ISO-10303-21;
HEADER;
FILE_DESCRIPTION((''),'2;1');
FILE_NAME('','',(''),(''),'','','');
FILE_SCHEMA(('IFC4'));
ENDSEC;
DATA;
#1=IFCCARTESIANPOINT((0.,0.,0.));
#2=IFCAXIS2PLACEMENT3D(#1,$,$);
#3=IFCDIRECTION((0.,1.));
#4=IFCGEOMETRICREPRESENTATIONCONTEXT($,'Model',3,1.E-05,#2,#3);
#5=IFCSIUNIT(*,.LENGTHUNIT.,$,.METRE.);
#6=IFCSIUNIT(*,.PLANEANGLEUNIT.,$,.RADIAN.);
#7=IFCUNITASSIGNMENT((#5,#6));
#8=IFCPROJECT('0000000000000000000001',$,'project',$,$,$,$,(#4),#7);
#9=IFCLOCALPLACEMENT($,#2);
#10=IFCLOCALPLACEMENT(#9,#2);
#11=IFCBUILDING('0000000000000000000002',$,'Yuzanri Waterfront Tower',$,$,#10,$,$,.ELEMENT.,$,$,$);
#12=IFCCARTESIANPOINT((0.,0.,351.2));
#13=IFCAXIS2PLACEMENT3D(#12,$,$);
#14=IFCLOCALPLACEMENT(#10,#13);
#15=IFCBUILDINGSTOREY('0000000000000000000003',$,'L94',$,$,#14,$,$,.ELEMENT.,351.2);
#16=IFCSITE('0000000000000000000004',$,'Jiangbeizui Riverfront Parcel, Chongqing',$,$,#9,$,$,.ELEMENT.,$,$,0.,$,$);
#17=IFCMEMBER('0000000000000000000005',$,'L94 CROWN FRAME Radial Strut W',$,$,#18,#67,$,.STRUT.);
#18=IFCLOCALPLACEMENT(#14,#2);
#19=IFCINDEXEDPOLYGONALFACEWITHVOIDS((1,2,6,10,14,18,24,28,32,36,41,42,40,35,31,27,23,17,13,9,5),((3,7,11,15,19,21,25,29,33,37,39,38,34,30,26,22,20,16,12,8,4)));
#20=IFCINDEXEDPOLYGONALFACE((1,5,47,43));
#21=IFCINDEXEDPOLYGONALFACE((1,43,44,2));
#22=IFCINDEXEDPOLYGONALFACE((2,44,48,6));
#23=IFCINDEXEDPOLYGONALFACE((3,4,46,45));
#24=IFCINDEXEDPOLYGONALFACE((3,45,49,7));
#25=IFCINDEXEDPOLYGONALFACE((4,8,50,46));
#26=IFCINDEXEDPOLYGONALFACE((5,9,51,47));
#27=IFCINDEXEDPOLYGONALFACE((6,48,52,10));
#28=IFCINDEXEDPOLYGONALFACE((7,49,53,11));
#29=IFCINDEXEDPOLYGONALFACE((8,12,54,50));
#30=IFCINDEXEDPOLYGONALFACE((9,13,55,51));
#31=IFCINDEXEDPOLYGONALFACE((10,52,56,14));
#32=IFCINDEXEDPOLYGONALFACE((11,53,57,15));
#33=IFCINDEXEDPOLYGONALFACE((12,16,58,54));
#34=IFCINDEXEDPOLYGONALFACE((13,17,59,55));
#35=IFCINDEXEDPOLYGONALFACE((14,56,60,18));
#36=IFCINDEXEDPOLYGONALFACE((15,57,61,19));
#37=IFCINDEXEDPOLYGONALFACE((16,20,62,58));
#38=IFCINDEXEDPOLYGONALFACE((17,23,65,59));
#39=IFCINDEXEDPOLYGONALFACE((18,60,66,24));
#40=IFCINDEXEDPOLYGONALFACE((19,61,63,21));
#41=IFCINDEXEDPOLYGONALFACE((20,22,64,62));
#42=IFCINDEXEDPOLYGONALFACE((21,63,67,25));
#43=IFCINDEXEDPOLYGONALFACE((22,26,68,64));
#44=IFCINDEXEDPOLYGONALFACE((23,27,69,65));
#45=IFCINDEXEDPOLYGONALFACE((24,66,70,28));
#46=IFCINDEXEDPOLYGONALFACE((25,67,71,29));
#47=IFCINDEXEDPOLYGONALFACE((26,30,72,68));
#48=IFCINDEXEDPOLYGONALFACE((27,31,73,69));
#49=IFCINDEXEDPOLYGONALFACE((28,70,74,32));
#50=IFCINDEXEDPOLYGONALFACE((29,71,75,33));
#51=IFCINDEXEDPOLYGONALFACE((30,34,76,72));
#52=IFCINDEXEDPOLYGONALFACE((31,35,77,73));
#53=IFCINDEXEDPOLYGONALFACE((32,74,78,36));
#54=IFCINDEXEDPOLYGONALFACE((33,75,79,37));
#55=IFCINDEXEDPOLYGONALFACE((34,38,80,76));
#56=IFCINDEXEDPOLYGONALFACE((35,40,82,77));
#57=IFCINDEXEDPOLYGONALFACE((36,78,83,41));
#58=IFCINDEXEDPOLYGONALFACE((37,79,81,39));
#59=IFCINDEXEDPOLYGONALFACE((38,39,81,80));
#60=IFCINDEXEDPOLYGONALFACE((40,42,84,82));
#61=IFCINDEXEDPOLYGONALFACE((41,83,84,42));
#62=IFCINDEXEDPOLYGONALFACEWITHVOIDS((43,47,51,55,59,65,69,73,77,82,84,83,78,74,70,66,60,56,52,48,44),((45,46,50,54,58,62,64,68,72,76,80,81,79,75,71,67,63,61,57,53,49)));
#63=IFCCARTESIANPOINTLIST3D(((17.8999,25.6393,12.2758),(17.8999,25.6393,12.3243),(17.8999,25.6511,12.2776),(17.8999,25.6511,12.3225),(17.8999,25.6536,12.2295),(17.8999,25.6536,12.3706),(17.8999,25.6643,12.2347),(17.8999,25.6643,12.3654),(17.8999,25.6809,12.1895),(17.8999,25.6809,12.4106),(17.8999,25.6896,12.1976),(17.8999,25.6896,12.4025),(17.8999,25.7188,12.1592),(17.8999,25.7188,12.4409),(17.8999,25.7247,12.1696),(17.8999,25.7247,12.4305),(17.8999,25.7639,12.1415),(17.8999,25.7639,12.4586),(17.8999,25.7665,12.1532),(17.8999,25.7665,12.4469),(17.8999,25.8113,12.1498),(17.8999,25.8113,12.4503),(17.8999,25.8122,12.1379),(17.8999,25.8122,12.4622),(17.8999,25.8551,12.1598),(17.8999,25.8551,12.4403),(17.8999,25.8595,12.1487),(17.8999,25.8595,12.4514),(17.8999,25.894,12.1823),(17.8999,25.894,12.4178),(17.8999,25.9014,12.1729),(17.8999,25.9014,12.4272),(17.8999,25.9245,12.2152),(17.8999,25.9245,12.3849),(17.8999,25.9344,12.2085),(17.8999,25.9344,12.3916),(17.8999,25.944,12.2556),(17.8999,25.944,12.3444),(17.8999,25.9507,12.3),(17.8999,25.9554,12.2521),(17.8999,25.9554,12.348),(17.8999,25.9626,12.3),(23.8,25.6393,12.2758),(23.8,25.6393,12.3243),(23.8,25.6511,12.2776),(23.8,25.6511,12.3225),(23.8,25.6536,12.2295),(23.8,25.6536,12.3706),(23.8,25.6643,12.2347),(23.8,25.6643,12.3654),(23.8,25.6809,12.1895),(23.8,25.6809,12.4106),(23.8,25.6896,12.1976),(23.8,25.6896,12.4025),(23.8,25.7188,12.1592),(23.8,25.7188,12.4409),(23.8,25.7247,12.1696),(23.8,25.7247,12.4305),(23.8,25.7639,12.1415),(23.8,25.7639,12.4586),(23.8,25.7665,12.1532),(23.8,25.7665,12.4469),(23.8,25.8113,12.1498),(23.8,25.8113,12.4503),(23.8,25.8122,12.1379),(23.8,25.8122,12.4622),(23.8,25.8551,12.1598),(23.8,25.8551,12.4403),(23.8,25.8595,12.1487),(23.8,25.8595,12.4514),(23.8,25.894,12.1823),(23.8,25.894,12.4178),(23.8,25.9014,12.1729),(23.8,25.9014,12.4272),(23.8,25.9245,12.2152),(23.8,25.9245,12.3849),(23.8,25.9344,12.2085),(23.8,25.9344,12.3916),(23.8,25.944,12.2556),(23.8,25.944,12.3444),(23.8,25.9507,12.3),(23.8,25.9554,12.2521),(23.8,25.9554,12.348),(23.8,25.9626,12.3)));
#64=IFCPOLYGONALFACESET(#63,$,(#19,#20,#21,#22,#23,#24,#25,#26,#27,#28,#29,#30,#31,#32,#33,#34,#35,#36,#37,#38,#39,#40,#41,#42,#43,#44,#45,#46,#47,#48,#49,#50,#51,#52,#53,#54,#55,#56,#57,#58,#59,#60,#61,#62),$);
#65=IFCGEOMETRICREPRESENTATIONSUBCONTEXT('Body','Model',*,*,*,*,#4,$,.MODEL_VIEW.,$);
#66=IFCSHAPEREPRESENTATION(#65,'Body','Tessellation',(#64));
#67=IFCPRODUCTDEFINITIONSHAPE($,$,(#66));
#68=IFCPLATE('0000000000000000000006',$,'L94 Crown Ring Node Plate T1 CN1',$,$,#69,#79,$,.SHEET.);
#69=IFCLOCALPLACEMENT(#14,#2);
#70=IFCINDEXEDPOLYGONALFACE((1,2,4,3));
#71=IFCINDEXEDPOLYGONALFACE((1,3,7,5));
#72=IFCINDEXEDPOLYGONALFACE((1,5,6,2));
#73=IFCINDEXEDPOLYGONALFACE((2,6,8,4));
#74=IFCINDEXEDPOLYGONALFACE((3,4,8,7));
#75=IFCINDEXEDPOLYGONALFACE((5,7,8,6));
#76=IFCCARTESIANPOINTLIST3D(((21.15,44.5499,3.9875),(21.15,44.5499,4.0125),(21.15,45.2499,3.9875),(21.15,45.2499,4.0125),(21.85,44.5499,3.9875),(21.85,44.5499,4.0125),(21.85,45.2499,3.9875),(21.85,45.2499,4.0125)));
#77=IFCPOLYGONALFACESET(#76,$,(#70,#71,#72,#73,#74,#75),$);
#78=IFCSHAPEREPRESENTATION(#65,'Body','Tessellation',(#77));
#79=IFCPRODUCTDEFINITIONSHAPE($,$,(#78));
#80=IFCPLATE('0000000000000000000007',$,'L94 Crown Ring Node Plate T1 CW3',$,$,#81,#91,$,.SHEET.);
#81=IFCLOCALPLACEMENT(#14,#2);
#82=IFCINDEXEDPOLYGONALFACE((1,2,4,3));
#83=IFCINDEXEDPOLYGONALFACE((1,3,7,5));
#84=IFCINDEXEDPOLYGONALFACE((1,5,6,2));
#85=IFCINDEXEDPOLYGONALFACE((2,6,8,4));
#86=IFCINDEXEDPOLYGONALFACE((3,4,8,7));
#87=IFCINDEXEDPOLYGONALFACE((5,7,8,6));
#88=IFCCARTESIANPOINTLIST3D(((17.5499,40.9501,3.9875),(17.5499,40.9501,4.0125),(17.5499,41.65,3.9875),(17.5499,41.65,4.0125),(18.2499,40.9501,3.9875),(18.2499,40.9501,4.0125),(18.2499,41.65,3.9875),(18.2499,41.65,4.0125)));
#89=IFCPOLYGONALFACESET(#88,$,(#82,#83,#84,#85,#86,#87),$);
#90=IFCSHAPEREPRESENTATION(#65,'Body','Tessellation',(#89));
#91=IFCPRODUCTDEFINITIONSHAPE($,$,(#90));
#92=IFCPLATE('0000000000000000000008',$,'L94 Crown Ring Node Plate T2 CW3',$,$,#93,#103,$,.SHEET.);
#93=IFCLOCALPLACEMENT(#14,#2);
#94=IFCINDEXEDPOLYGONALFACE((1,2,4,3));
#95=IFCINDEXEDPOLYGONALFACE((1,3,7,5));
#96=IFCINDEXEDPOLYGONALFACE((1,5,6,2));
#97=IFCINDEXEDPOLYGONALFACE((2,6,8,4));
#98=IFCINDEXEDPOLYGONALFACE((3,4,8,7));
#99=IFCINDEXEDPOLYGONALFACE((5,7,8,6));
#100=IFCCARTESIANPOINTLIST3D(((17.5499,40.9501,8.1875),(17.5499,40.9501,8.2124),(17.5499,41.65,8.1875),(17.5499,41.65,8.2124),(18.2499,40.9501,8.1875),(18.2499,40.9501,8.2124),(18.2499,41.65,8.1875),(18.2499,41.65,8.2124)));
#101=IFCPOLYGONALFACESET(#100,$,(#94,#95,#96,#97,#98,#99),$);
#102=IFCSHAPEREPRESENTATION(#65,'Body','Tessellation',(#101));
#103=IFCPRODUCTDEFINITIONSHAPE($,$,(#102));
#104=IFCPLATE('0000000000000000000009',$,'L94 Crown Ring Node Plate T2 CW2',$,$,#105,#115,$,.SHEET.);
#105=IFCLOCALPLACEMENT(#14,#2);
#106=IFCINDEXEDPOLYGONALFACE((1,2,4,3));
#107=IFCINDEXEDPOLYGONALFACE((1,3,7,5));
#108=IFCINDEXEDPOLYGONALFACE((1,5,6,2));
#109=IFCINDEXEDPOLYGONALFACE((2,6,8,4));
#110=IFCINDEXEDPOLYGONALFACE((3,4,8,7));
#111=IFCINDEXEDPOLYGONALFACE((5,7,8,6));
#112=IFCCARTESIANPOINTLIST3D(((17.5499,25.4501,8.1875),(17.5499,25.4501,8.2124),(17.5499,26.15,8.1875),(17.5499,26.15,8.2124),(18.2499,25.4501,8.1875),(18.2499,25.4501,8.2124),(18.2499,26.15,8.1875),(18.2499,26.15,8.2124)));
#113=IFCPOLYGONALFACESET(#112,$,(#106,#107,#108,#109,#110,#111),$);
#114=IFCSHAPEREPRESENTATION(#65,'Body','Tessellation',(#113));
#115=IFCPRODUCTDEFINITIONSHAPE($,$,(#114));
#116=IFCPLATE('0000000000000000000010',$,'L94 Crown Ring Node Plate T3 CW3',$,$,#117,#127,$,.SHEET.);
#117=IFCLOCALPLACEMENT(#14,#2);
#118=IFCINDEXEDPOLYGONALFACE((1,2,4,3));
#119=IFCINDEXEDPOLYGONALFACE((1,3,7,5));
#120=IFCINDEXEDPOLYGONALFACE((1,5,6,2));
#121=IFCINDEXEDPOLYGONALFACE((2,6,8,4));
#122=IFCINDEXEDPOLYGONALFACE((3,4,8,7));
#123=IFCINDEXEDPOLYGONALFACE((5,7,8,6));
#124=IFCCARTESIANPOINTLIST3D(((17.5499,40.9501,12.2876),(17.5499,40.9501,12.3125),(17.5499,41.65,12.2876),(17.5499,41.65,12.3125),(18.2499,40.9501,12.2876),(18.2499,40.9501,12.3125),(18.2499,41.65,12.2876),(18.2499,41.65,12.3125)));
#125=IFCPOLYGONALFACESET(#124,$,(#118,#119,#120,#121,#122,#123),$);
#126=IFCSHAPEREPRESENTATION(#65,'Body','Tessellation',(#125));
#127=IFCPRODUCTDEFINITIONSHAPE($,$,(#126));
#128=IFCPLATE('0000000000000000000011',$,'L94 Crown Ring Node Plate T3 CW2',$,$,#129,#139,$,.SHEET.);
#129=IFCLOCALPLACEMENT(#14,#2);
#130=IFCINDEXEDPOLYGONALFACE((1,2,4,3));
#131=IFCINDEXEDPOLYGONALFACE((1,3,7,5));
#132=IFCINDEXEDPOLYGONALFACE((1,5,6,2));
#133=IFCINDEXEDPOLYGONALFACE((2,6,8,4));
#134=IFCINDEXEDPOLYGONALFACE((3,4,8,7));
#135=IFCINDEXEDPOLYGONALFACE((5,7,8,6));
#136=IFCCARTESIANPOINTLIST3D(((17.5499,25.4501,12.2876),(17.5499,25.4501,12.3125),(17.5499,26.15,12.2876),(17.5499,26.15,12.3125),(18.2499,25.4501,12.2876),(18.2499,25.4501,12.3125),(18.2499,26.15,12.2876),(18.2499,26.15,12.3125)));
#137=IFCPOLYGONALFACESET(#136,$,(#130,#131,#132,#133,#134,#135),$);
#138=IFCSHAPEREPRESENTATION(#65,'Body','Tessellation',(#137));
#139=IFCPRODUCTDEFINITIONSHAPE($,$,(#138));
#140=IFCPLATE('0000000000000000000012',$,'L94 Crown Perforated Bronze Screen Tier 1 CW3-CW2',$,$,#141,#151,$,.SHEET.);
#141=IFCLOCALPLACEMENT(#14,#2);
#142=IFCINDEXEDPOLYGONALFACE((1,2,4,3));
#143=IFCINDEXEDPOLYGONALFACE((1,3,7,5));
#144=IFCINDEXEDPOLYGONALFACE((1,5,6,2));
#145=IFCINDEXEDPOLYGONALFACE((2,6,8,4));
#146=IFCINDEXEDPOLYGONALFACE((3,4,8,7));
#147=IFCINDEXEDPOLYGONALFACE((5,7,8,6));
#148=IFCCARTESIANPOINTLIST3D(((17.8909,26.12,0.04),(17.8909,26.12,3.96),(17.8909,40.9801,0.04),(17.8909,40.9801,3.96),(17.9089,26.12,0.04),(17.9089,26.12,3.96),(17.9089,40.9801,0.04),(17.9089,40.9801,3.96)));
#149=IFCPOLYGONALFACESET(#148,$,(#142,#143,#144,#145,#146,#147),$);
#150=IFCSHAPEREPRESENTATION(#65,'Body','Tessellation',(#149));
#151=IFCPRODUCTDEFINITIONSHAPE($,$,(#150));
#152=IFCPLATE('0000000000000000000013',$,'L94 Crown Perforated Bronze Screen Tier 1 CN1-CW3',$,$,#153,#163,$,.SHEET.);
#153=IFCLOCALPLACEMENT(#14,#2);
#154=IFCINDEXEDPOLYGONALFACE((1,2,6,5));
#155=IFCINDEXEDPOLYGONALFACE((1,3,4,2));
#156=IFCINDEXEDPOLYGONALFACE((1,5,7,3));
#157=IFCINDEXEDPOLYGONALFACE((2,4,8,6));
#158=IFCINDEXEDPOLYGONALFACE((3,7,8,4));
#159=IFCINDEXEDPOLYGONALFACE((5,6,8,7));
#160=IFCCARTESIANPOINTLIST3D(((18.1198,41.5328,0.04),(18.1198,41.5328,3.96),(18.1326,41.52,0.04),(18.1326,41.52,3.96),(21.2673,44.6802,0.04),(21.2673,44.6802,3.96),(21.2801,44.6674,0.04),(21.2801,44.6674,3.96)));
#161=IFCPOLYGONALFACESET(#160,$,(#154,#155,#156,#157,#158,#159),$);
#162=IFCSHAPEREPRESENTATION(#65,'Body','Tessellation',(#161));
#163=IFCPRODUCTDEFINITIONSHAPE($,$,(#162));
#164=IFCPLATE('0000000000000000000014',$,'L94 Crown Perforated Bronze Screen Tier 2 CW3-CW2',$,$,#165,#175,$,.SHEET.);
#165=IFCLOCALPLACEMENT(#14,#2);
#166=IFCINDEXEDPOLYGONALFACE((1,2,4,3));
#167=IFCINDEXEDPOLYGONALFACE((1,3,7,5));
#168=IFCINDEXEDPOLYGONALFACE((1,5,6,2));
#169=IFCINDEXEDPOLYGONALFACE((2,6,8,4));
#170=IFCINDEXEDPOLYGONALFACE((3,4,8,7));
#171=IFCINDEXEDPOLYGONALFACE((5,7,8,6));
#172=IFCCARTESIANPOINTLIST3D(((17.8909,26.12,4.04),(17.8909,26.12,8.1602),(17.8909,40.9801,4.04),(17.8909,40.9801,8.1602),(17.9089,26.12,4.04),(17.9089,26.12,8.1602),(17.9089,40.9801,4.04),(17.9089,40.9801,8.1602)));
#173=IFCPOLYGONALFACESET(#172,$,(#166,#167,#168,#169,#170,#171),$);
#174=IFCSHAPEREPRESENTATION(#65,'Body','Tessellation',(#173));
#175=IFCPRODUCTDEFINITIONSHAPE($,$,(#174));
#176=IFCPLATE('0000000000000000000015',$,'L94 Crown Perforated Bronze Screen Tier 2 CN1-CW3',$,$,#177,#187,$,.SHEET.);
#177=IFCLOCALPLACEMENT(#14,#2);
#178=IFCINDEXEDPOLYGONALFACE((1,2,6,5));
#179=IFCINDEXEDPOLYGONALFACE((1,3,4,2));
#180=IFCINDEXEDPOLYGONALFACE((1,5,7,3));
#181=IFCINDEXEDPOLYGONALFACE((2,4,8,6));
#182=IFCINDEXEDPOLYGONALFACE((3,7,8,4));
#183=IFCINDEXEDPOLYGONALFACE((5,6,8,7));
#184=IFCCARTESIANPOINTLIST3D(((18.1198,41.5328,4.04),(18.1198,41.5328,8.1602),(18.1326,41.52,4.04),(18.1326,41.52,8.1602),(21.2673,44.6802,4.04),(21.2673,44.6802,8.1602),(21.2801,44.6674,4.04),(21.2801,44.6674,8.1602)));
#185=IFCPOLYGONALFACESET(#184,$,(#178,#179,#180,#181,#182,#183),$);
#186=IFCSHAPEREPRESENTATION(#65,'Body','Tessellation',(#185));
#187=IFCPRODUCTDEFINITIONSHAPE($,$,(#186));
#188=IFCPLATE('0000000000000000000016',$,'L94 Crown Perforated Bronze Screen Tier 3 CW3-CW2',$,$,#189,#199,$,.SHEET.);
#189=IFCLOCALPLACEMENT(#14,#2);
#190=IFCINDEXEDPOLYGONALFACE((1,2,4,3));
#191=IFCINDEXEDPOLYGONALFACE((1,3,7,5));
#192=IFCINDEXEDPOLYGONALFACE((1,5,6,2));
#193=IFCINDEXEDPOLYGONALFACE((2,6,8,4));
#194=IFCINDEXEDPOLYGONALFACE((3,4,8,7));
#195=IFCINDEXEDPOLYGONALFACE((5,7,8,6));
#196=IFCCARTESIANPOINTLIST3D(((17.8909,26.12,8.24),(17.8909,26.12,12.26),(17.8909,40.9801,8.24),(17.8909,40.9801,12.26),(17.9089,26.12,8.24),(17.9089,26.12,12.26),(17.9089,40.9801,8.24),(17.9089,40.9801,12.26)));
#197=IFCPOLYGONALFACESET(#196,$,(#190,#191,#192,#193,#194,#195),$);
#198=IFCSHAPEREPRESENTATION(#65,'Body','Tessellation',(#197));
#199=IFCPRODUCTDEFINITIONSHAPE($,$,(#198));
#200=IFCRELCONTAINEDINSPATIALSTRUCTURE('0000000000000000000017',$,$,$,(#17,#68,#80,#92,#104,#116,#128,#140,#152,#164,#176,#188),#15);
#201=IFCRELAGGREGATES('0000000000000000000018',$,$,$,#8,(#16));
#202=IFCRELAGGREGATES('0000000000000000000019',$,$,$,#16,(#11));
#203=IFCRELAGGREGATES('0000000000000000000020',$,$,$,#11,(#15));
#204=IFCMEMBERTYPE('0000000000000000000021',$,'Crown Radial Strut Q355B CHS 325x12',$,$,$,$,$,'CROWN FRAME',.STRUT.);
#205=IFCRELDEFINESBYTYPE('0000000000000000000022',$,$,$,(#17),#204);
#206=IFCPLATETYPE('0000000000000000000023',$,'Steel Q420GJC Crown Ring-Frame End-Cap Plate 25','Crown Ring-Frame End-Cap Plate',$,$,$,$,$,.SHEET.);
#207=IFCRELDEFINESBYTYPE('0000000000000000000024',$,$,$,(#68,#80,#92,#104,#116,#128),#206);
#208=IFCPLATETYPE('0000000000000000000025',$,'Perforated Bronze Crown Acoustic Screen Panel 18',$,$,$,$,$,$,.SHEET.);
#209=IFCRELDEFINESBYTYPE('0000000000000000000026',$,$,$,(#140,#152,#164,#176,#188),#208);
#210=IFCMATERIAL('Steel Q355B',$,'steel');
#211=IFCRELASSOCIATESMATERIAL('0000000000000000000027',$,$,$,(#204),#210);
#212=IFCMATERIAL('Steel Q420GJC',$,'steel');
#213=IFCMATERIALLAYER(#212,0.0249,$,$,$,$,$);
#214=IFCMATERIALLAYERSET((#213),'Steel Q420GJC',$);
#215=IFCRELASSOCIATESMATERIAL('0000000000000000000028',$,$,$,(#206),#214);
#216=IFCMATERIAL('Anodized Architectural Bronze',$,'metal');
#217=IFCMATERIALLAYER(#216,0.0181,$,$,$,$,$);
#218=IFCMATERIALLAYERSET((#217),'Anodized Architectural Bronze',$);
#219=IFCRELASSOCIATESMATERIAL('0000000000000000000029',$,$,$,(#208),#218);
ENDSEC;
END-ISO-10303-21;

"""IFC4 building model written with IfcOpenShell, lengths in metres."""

from ifc_helpers import new_model, si_unit, direction, frame, origin, origin_2d, place, context, subcontext, project, spatial, rectangle, hollow_circle, extrude, source, transform, mapped, material, layer, layer_set, material_profile, profile_set, type_object, element, save


model = new_model("IFC4")

# Units and contexts
model_context = context("Model", 3, precision=1e-05, world=origin(), true_north=direction((0.0, 1.0)))
body_context = subcontext(model_context, "Body", "Model", "MODEL_VIEW")
ifc_project = project(units=[si_unit("LENGTHUNIT", "METRE"), si_unit("PLANEANGLEUNIT", "RADIAN")], contexts=[model_context])

# Site, building, storey
site_placement = place(None, origin())
site = spatial("IfcSite", under=ifc_project, at=site_placement, Name="Jiangbeizui Riverfront Parcel, Chongqing", CompositionType="ELEMENT", RefElevation=0.0)
building_placement = place(site_placement, origin())
building = spatial("IfcBuilding", under=site, at=building_placement, Name="Yuzanri Waterfront Tower", CompositionType="ELEMENT")
storey_placement = place(building_placement, frame((0.0, 0.0, 351.2)))
storey = spatial("IfcBuildingStorey", under=building, at=storey_placement, Name="L94", CompositionType="ELEMENT", Elevation=351.2)

# Member
ifc_material_1 = material(Name="Steel Q355B", Category="steel")
ifc_material_profile_1 = material_profile(ifc_material_1, hollow_circle(Radius=0.1626, WallThickness=0.012, at=origin_2d()), Name="CHS 325x12")
ifc_profile_set_1 = profile_set([ifc_material_profile_1], Name="Steel Q355B")
member_type_1 = type_object("IfcMemberType", Name="Crown Radial Strut Q355B CHS 325x12", ElementType="CROWN FRAME", PredefinedType="STRUT", material=ifc_profile_set_1)
shared_shape_1 = source(origin(), body_context, "Body", "SweptSolid", [
    extrude(hollow_circle(Radius=0.1626, WallThickness=0.012, at=origin_2d()), origin(), (0.0, 0.0, 1.0), 5.9001),
])
member_1_placement = place(storey_placement, frame((17.8999, 25.8, 12.3), z_axis=(1.0, 0.0, 0.0), x_axis=(0.0, 1.0, 0.0)))
element("IfcMember", 1, at=member_1_placement, inside=storey, type_object=member_type_1, Name="L94 CROWN FRAME Radial Strut W", PredefinedType="STRUT", context=body_context, shape_type="MappedRepresentation", body=[
    mapped(shared_shape_1, transform((0.0, 0.0, 0.0), scale=1.0)),
])

# Plates
ifc_material_2 = material(Name="Steel Q420GJC", Category="steel")
ifc_layer_1 = layer(ifc_material_2, 0.0249)
ifc_layer_set_1 = layer_set([ifc_layer_1], Name="Steel Q420GJC")
plate_type_1 = type_object("IfcPlateType", Name="Steel Q420GJC Crown Ring-Frame End-Cap Plate 25", Description="Crown Ring-Frame End-Cap Plate", PredefinedType="SHEET", material=ifc_layer_set_1)
shared_shape_2 = source(origin(), body_context, "Body", "SweptSolid", [
    extrude(rectangle(XDim=0.7, YDim=0.7, at=origin_2d()), origin(), (0.0, 0.0, 1.0), 0.0249),
])
for number, where, z_axis, x_axis, name in (
    (2, (21.5, 44.8999, 3.9875), (0.0, 0.0, 1.0), (1.0, 0.0, 0.0), "L94 Crown Ring Node Plate T1 CN1"),
    (3, (17.8999, 41.3, 3.9875), (0.0, 0.0, 1.0), (1.0, 0.0, 0.0), "L94 Crown Ring Node Plate T1 CW3"),
    (4, (17.8999, 41.3, 8.1875), (0.0, 0.0, 1.0), (1.0, 0.0, 0.0), "L94 Crown Ring Node Plate T2 CW3"),
    (5, (17.8999, 25.8, 8.1875), (0.0, 0.0, 1.0), (1.0, 0.0, 0.0), "L94 Crown Ring Node Plate T2 CW2"),
    (6, (17.8999, 41.3, 12.2876), (0.0, 0.0, 1.0), (1.0, 0.0, 0.0), "L94 Crown Ring Node Plate T3 CW3"),
    (7, (17.8999, 25.8, 12.2876), (0.0, 0.0, 1.0), (1.0, 0.0, 0.0), "L94 Crown Ring Node Plate T3 CW2"),
):
    element("IfcPlate", number, at=place(storey_placement, frame(where, z_axis=z_axis, x_axis=x_axis)), inside=storey, type_object=plate_type_1, Name=name, PredefinedType="SHEET", context=body_context, shape_type="MappedRepresentation", body=[
        mapped(shared_shape_2, transform((0.0, 0.0, 0.0), scale=1.0)),
    ])
ifc_material_3 = material(Name="Anodized Architectural Bronze", Category="metal")
ifc_layer_2 = layer(ifc_material_3, 0.0181)
ifc_layer_set_2 = layer_set([ifc_layer_2], Name="Anodized Architectural Bronze")
plate_type_2 = type_object("IfcPlateType", Name="Perforated Bronze Crown Acoustic Screen Panel 18", PredefinedType="SHEET", material=ifc_layer_set_2)
shared_shape_3 = source(origin(), body_context, "Body", "SweptSolid", [
    extrude(rectangle(XDim=14.8601, YDim=0.0181, at=origin_2d()), origin(), (0.0, 0.0, 1.0), 3.9199),
])
plate_1_placement = place(storey_placement, frame((17.8999, 33.55, 0.04), z_axis=(0.0, 0.0, 1.0), x_axis=(0.0, -1.0, 0.0)))
element("IfcPlate", 8, at=plate_1_placement, inside=storey, type_object=plate_type_2, Name="L94 Crown Perforated Bronze Screen Tier 1 CW3-CW2", PredefinedType="SHEET", context=body_context, shape_type="MappedRepresentation", body=[
    mapped(shared_shape_3, transform((0.0, 0.0, 0.0), scale=1.0)),
])
shared_shape_4 = source(origin(), body_context, "Body", "SweptSolid", [
    extrude(rectangle(XDim=4.4512, YDim=0.0181, at=origin_2d()), origin(), (0.0, 0.0, 1.0), 3.9199),
])
plate_2_placement = place(storey_placement, frame((19.7, 43.1001, 0.04), z_axis=(0.0, 0.0, 1.0), x_axis=(-0.707107, -0.707107, 0.0)))
element("IfcPlate", 9, at=plate_2_placement, inside=storey, type_object=plate_type_2, Name="L94 Crown Perforated Bronze Screen Tier 1 CN1-CW3", PredefinedType="SHEET", context=body_context, shape_type="MappedRepresentation", body=[
    mapped(shared_shape_4, transform((0.0, 0.0, 0.0), scale=1.0)),
])
shared_shape_5 = source(origin(), body_context, "Body", "SweptSolid", [
    extrude(rectangle(XDim=14.8601, YDim=0.0181, at=origin_2d()), origin(), (0.0, 0.0, 1.0), 4.1201),
])
plate_3_placement = place(storey_placement, frame((17.8999, 33.55, 4.04), z_axis=(0.0, 0.0, 1.0), x_axis=(0.0, -1.0, 0.0)))
element("IfcPlate", 10, at=plate_3_placement, inside=storey, type_object=plate_type_2, Name="L94 Crown Perforated Bronze Screen Tier 2 CW3-CW2", PredefinedType="SHEET", context=body_context, shape_type="MappedRepresentation", body=[
    mapped(shared_shape_5, transform((0.0, 0.0, 0.0), scale=1.0)),
])
shared_shape_6 = source(origin(), body_context, "Body", "SweptSolid", [
    extrude(rectangle(XDim=4.4512, YDim=0.0181, at=origin_2d()), origin(), (0.0, 0.0, 1.0), 4.1201),
])
plate_4_placement = place(storey_placement, frame((19.7, 43.1001, 4.04), z_axis=(0.0, 0.0, 1.0), x_axis=(-0.707107, -0.707107, 0.0)))
element("IfcPlate", 11, at=plate_4_placement, inside=storey, type_object=plate_type_2, Name="L94 Crown Perforated Bronze Screen Tier 2 CN1-CW3", PredefinedType="SHEET", context=body_context, shape_type="MappedRepresentation", body=[
    mapped(shared_shape_6, transform((0.0, 0.0, 0.0), scale=1.0)),
])
shared_shape_7 = source(origin(), body_context, "Body", "SweptSolid", [
    extrude(rectangle(XDim=14.8601, YDim=0.0181, at=origin_2d()), origin(), (0.0, 0.0, 1.0), 4.02),
])
plate_5_placement = place(storey_placement, frame((17.8999, 33.55, 8.24), z_axis=(0.0, 0.0, 1.0), x_axis=(0.0, -1.0, 0.0)))
element("IfcPlate", 12, at=plate_5_placement, inside=storey, type_object=plate_type_2, Name="L94 Crown Perforated Bronze Screen Tier 3 CW3-CW2", PredefinedType="SHEET", context=body_context, shape_type="MappedRepresentation", body=[
    mapped(shared_shape_7, transform((0.0, 0.0, 0.0), scale=1.0)),
])

save(model, "model.ifc")
